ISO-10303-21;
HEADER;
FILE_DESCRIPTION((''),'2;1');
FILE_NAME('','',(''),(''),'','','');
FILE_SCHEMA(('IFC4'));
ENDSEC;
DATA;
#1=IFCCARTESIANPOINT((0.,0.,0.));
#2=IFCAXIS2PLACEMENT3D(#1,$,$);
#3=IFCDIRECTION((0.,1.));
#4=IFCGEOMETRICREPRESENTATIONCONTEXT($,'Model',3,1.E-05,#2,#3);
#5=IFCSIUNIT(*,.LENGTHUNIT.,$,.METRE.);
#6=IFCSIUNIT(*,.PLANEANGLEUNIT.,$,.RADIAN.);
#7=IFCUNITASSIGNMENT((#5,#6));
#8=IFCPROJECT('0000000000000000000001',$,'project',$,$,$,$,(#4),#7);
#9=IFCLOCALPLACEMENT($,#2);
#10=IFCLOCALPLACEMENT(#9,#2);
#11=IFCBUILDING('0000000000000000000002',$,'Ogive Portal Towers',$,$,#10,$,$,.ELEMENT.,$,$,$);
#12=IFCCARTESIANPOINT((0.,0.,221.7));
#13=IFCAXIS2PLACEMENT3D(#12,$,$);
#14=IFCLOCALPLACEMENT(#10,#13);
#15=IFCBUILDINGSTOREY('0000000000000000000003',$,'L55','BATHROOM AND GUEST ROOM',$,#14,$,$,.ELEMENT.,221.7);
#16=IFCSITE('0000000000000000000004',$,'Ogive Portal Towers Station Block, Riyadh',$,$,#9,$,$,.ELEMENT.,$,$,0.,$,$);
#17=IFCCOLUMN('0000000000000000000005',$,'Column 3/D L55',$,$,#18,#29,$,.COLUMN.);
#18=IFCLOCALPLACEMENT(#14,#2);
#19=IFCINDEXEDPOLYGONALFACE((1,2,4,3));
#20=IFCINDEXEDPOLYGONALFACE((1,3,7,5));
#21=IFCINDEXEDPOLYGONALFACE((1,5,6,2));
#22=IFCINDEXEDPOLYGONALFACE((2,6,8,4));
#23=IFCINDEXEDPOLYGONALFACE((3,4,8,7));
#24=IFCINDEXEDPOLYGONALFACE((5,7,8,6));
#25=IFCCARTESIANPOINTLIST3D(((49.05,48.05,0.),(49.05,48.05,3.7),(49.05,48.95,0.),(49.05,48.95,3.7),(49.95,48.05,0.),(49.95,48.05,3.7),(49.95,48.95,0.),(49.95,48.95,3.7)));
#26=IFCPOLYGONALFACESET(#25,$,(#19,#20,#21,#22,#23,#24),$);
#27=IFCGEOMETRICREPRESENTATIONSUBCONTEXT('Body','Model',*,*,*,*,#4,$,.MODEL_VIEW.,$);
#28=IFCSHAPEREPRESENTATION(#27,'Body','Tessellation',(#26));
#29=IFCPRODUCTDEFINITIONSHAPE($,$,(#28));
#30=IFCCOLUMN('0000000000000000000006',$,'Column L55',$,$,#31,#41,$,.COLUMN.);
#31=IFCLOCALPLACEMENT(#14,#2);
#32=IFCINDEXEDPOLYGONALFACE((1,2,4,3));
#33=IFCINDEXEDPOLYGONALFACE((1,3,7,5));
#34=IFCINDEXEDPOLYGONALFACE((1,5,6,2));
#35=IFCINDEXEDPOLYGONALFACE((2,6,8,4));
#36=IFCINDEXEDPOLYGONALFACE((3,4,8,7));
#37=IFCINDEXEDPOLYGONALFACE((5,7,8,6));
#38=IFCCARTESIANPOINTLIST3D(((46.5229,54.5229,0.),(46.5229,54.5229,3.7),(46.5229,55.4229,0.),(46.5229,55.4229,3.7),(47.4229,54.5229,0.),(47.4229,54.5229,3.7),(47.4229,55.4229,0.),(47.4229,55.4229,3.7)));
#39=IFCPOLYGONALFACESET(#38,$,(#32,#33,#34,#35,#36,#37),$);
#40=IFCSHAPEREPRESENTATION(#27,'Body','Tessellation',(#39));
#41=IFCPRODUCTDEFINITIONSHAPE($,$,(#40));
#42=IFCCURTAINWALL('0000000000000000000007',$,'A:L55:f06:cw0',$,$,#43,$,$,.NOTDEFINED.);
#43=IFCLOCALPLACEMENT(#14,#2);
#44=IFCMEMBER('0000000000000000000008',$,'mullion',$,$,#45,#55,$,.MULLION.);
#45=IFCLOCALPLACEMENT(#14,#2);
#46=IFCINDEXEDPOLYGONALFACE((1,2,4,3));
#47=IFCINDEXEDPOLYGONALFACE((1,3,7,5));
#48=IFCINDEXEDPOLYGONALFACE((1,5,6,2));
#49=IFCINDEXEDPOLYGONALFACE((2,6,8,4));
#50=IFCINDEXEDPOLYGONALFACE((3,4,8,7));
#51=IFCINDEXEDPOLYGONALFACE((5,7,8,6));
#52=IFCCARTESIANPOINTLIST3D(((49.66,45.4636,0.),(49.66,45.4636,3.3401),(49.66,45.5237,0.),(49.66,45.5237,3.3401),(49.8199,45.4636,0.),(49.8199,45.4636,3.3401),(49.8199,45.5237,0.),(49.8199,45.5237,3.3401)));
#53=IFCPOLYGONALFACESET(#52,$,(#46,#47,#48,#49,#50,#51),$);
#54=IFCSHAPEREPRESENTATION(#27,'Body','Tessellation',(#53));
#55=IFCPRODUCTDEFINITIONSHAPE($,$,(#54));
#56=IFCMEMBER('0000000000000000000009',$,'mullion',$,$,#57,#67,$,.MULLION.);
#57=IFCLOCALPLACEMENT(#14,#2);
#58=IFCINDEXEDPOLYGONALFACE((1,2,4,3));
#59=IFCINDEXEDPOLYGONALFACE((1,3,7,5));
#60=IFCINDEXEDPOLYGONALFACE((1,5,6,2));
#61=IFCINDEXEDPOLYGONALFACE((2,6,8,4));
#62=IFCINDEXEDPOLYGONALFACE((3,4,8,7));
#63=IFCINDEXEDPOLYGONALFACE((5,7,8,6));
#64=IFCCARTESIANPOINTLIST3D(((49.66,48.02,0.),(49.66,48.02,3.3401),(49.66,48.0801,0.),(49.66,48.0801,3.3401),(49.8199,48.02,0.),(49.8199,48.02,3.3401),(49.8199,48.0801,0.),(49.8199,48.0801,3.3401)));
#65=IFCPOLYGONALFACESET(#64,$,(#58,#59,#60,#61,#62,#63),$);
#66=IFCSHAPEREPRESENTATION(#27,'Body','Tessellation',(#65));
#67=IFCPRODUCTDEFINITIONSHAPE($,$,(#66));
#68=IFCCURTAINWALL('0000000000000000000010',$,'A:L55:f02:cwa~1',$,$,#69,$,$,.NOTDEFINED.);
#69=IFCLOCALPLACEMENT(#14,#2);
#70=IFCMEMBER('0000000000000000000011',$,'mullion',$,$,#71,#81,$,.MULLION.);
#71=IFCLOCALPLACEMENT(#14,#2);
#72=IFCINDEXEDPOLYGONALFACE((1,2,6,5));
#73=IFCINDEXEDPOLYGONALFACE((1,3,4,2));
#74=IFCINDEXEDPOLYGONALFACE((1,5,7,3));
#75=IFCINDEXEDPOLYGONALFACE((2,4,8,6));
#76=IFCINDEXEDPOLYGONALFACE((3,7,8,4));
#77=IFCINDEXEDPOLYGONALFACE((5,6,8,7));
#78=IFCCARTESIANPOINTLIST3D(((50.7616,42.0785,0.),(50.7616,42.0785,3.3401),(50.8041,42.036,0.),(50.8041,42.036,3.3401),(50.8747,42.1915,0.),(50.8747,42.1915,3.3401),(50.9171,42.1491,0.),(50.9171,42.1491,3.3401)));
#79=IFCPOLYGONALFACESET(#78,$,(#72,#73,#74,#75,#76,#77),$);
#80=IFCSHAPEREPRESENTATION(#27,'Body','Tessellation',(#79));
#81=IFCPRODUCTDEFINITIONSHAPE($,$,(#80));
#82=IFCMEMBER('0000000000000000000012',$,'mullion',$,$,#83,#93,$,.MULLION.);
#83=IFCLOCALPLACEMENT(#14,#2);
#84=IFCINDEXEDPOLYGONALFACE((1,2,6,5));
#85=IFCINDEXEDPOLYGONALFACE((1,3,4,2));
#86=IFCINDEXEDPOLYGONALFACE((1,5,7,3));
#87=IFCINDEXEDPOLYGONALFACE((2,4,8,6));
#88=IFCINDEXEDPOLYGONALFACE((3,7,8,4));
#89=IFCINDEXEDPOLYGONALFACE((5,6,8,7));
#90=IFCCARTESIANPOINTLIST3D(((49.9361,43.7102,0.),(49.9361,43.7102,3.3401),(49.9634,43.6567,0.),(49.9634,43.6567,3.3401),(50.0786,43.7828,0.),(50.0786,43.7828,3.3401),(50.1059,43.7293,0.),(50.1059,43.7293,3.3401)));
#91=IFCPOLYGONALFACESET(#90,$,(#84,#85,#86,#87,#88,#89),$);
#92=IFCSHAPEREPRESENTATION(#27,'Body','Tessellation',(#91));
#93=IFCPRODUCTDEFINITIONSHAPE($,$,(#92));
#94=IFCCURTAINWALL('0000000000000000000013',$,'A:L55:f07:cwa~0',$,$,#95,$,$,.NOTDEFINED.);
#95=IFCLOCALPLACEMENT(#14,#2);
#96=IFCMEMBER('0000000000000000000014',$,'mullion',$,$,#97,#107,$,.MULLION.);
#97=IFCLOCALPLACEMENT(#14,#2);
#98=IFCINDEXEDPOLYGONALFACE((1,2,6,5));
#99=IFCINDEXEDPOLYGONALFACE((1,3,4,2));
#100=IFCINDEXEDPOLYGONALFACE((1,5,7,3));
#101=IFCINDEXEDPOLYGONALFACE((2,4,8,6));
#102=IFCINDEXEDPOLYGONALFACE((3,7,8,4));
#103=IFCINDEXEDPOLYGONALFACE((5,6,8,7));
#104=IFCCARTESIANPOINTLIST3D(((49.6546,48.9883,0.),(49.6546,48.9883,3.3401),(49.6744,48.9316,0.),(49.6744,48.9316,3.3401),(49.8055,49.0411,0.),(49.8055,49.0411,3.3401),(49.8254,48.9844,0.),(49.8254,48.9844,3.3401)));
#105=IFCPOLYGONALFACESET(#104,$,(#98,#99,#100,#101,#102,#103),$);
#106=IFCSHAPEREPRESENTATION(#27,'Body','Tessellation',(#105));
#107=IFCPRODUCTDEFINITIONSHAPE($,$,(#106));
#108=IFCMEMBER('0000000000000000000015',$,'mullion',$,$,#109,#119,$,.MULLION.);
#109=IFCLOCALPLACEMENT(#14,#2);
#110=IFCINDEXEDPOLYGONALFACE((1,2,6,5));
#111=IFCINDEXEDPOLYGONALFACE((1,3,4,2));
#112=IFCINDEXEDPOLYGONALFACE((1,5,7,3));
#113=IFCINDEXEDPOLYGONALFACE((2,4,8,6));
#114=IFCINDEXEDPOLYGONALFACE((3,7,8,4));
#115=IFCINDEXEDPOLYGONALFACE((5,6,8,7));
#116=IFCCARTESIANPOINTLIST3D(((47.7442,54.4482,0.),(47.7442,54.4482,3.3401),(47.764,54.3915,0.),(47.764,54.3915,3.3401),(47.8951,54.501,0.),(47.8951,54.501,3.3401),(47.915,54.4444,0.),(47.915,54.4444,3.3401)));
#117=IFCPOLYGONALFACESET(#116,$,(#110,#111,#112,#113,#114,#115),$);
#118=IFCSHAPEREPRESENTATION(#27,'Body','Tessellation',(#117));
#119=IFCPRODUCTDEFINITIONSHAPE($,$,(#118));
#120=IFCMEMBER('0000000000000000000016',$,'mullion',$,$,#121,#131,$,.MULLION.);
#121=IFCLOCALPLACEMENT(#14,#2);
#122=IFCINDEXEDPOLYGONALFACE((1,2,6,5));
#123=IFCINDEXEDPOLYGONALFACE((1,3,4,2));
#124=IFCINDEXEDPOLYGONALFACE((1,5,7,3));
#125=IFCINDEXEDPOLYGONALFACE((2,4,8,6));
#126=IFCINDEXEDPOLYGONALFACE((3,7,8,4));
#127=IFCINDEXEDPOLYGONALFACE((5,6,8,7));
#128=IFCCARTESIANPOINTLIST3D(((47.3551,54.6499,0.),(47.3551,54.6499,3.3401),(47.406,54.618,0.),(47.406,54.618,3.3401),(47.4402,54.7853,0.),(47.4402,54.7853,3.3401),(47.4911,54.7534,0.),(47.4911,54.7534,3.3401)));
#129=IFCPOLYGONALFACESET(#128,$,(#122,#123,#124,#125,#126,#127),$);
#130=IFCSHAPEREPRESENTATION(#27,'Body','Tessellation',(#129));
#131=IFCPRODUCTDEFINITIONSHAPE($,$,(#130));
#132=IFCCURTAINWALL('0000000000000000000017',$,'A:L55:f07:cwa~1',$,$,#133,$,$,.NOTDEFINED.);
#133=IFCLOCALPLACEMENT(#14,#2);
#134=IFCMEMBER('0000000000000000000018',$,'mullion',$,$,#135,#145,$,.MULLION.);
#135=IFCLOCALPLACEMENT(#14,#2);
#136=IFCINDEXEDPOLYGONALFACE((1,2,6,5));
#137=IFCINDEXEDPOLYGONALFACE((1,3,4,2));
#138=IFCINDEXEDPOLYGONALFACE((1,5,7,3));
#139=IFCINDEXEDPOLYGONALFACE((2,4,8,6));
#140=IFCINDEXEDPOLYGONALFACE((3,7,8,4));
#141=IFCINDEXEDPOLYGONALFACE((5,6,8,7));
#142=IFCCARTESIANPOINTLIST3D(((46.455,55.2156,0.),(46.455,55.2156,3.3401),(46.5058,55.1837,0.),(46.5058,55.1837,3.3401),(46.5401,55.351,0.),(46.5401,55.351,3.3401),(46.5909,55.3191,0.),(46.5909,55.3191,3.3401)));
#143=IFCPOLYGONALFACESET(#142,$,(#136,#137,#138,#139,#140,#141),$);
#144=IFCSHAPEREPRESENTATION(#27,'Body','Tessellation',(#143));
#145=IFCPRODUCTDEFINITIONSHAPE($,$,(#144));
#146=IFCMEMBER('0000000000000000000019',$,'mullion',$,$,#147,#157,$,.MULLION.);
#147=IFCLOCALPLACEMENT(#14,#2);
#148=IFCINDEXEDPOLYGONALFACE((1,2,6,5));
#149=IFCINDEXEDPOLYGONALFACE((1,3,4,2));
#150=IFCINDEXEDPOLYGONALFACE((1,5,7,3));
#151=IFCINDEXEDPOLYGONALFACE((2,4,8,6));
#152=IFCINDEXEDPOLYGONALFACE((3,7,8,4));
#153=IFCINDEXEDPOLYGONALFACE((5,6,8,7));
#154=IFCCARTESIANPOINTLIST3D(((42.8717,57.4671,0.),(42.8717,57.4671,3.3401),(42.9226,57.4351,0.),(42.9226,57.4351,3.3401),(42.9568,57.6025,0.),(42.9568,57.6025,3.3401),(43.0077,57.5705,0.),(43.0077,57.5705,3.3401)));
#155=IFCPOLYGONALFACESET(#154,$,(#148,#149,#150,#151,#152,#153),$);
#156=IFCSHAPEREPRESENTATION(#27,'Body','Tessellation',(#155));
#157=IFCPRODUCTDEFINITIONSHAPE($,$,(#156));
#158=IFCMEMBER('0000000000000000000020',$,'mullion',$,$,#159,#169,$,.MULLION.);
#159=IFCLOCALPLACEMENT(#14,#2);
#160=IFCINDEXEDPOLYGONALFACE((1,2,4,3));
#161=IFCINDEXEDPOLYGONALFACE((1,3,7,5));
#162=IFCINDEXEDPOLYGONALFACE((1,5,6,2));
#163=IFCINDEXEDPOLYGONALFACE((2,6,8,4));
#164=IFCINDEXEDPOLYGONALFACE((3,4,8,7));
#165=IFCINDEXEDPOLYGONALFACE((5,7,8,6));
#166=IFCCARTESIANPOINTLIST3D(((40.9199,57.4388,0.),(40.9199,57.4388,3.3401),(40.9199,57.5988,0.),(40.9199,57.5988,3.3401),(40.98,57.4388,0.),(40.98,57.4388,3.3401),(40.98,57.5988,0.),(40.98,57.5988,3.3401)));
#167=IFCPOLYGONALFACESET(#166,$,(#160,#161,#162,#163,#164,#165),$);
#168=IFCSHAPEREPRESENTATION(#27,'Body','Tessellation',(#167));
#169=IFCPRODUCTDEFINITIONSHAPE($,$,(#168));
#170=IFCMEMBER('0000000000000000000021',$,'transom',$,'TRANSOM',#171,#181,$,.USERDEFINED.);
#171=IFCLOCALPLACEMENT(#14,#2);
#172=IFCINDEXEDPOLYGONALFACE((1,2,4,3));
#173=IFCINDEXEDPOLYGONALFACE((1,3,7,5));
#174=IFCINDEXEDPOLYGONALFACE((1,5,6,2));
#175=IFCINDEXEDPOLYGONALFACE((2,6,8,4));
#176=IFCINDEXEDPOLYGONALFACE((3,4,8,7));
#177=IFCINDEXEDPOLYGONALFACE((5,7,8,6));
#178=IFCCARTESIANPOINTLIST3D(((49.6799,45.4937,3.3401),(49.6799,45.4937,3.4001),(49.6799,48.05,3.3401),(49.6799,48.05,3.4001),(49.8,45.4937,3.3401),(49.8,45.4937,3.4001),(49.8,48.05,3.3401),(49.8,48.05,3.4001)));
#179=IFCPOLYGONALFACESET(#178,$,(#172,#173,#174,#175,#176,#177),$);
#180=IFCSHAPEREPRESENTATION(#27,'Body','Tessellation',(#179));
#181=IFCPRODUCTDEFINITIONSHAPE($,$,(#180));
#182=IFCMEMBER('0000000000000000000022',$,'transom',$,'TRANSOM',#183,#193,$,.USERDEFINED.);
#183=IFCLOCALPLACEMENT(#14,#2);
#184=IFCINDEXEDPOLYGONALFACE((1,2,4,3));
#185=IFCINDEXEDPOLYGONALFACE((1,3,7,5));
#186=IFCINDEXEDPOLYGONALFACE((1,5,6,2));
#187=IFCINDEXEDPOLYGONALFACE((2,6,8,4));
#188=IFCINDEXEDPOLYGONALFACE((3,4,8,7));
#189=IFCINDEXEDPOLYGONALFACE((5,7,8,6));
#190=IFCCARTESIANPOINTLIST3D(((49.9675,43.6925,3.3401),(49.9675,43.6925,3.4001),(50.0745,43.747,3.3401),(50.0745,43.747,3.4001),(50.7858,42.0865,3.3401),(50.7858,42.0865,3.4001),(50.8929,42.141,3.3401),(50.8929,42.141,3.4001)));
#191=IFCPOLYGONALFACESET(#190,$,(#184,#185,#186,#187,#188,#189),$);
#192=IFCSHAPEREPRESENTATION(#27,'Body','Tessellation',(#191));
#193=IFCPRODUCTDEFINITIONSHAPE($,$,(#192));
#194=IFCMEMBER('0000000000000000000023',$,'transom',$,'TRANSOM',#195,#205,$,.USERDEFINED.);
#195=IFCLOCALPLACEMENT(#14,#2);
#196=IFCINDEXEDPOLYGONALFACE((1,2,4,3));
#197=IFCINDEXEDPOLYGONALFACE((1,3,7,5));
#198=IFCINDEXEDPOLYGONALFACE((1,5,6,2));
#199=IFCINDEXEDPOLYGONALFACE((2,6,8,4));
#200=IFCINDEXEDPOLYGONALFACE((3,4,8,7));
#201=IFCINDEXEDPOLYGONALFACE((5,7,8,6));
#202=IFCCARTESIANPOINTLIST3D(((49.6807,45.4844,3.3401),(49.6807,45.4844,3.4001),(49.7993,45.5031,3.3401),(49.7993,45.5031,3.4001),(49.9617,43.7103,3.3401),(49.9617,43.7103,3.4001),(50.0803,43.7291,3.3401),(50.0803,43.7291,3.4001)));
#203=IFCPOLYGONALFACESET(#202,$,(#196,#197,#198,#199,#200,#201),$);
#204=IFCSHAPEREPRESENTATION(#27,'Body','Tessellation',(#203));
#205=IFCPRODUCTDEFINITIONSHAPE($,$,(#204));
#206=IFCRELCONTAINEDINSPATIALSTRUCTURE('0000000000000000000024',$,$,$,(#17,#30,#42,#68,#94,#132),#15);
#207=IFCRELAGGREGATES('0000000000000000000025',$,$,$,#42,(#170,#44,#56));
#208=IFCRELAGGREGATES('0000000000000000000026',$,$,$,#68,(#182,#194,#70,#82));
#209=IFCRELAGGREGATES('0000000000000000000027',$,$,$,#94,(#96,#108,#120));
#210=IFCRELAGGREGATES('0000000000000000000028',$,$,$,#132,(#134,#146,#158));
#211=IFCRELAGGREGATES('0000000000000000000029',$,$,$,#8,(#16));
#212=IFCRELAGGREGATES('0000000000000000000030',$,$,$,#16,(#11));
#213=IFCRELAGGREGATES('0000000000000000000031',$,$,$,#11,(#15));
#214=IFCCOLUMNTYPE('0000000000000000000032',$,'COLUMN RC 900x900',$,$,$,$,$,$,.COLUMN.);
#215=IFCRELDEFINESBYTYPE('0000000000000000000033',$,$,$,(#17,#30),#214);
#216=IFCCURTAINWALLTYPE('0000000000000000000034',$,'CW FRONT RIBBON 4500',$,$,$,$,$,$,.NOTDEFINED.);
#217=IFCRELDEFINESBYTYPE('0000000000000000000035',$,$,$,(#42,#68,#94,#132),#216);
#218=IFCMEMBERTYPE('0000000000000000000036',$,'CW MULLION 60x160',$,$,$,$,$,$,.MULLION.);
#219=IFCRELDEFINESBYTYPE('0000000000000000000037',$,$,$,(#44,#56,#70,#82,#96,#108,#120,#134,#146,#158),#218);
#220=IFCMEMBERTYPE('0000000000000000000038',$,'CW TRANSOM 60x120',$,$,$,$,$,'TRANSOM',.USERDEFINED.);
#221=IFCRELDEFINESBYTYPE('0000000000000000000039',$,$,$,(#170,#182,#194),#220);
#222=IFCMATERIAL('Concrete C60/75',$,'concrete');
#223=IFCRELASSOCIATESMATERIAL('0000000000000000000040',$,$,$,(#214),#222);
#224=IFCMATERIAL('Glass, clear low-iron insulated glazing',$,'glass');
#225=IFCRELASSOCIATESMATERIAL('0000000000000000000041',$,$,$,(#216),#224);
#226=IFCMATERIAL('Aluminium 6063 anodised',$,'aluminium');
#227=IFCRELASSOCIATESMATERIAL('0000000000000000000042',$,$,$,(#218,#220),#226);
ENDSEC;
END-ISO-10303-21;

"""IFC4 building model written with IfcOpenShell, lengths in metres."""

from ifc_helpers import new_model, si_unit, direction, frame, origin, origin_2d, place, context, subcontext, project, spatial, rectangle, extrude, material, material_profile, profile_set, type_object, element, aggregate, save


model = new_model("IFC4")

# Units and contexts
model_context = context("Model", 3, precision=1e-05, world=origin(), true_north=direction((0.0, 1.0)))
body_context = subcontext(model_context, "Body", "Model", "MODEL_VIEW")
ifc_project = project(units=[si_unit("LENGTHUNIT", "METRE"), si_unit("PLANEANGLEUNIT", "RADIAN")], contexts=[model_context])

# Site, building, storey
site_placement = place(None, origin())
site = spatial("IfcSite", under=ifc_project, at=site_placement, Name="Ogive Portal Towers Station Block, Riyadh", CompositionType="ELEMENT", RefElevation=0.0)
building_placement = place(site_placement, origin())
building = spatial("IfcBuilding", under=site, at=building_placement, Name="Ogive Portal Towers", CompositionType="ELEMENT")
storey_placement = place(building_placement, frame((0.0, 0.0, 221.7)))
storey = spatial("IfcBuildingStorey", under=building, at=storey_placement, Name="L55", Description="BATHROOM AND GUEST ROOM", CompositionType="ELEMENT", Elevation=221.7)

# Columns
ifc_material_1 = material(Name="Concrete C60/75", Category="concrete")
ifc_material_profile_1 = material_profile(ifc_material_1, rectangle(XDim=0.8999, YDim=0.8999, at=origin_2d()), Name="RC 900x900")
ifc_profile_set_1 = profile_set([ifc_material_profile_1], Name="Concrete C60/75")
column_type = type_object("IfcColumnType", Name="COLUMN RC 900x900", PredefinedType="COLUMN", material=ifc_profile_set_1)
for number, where, z_axis, x_axis, name in (
    (1, (49.5, 48.5, 0.0), (0.0, 0.0, 1.0), (1.0, 0.0, 0.0), "Column 3/D L55"),
    (2, (46.9729, 54.9729, 0.0), (0.0, 0.0, 1.0), (1.0, 0.0, 0.0), "Column L55"),
):
    element("IfcColumn", number, at=place(storey_placement, frame(where, z_axis=z_axis, x_axis=x_axis)), inside=storey, type_object=column_type, Name=name, PredefinedType="COLUMN", context=body_context, shape_type="SweptSolid", body=[
        extrude(rectangle(XDim=0.8999, YDim=0.8999, at=origin_2d()), origin(), (0.0, 0.0, 1.0), 3.7),
    ])

# Curtain walls, members
ifc_material_2 = material(Name="Glass, clear low-iron insulated glazing", Category="glass")
curtain_wall_type = type_object("IfcCurtainWallType", Name="CW FRONT RIBBON 4500", PredefinedType="NOTDEFINED", material=ifc_material_2)
curtain_wall_1_placement = place(storey_placement, origin())
curtain_wall_1 = element("IfcCurtainWall", 3, at=curtain_wall_1_placement, inside=storey, type_object=curtain_wall_type, Name="A:L55:f06:cw0", PredefinedType="NOTDEFINED")
ifc_material_3 = material(Name="Aluminium 6063 anodised", Category="aluminium")
ifc_material_profile_2 = material_profile(ifc_material_3, rectangle(XDim=0.1599, YDim=0.0601, at=origin_2d()), Name="AL 60x160")
ifc_profile_set_2 = profile_set([ifc_material_profile_2], Name="Aluminium 6063 anodised")
member_type_1 = type_object("IfcMemberType", Name="CW MULLION 60x160", PredefinedType="MULLION", material=ifc_profile_set_2)
member_1_placement = place(storey_placement, frame((49.74, 45.4937, 0.0), z_axis=(0.0, 0.0, 1.0), x_axis=(-1.0, 0.0, 0.0)))
member_1 = element("IfcMember", 4, at=member_1_placement, type_object=member_type_1, Name="mullion", PredefinedType="MULLION", context=body_context, shape_type="SweptSolid", body=[
    extrude(rectangle(XDim=0.1599, YDim=0.0601, at=origin_2d()), origin(), (0.0, 0.0, 1.0), 3.3401),
])
member_2_placement = place(storey_placement, frame((49.74, 48.05, 0.0), z_axis=(0.0, 0.0, 1.0), x_axis=(-1.0, 0.0, 0.0)))
member_2 = element("IfcMember", 5, at=member_2_placement, type_object=member_type_1, Name="mullion", PredefinedType="MULLION", context=body_context, shape_type="SweptSolid", body=[
    extrude(rectangle(XDim=0.1599, YDim=0.0601, at=origin_2d()), origin(), (0.0, 0.0, 1.0), 3.3401),
])
curtain_wall_2_placement = place(storey_placement, origin())
curtain_wall_2 = element("IfcCurtainWall", 6, at=curtain_wall_2_placement, inside=storey, type_object=curtain_wall_type, Name="A:L55:f02:cwa~1", PredefinedType="NOTDEFINED")
member_3_placement = place(storey_placement, frame((50.8394, 42.1138, 0.0), z_axis=(0.0, 0.0, 1.0), x_axis=(-0.707107, -0.707107, 0.0)))
member_3 = element("IfcMember", 7, at=member_3_placement, type_object=member_type_1, Name="mullion", PredefinedType="MULLION", context=body_context, shape_type="SweptSolid", body=[
    extrude(rectangle(XDim=0.1599, YDim=0.0601, at=origin_2d()), origin(), (0.0, 0.0, 1.0), 3.3401),
])
member_4_placement = place(storey_placement, frame((50.021, 43.7197, 0.0), z_axis=(0.0, 0.0, 1.0), x_axis=(-0.891007, -0.45399, 0.0)))
member_4 = element("IfcMember", 8, at=member_4_placement, type_object=member_type_1, Name="mullion", PredefinedType="MULLION", context=body_context, shape_type="SweptSolid", body=[
    extrude(rectangle(XDim=0.1599, YDim=0.0601, at=origin_2d()), origin(), (0.0, 0.0, 1.0), 3.3401),
])
curtain_wall_3_placement = place(storey_placement, origin())
curtain_wall_3 = element("IfcCurtainWall", 9, at=curtain_wall_3_placement, inside=storey, type_object=curtain_wall_type, Name="A:L55:f07:cwa~0", PredefinedType="NOTDEFINED")
member_5_placement = place(storey_placement, frame((49.74, 48.9863, 0.0), z_axis=(0.0, 0.0, 1.0), x_axis=(-0.943883, -0.330279, 0.0)))
member_5 = element("IfcMember", 10, at=member_5_placement, type_object=member_type_1, Name="mullion", PredefinedType="MULLION", context=body_context, shape_type="SweptSolid", body=[
    extrude(rectangle(XDim=0.1599, YDim=0.0601, at=origin_2d()), origin(), (0.0, 0.0, 1.0), 3.3401),
])
member_6_placement = place(storey_placement, frame((47.8296, 54.4463, 0.0), z_axis=(0.0, 0.0, 1.0), x_axis=(-0.943883, -0.330279, 0.0)))
member_6 = element("IfcMember", 11, at=member_6_placement, type_object=member_type_1, Name="mullion", PredefinedType="MULLION", context=body_context, shape_type="SweptSolid", body=[
    extrude(rectangle(XDim=0.1599, YDim=0.0601, at=origin_2d()), origin(), (0.0, 0.0, 1.0), 3.3401),
])
member_7_placement = place(storey_placement, frame((47.4231, 54.7017, 0.0), z_axis=(0.0, 0.0, 1.0), x_axis=(-0.532032, -0.846724, 0.0)))
member_7 = element("IfcMember", 12, at=member_7_placement, type_object=member_type_1, Name="mullion", PredefinedType="MULLION", context=body_context, shape_type="SweptSolid", body=[
    extrude(rectangle(XDim=0.1599, YDim=0.0601, at=origin_2d()), origin(), (0.0, 0.0, 1.0), 3.3401),
])
curtain_wall_4_placement = place(storey_placement, origin())
curtain_wall_4 = element("IfcCurtainWall", 13, at=curtain_wall_4_placement, inside=storey, type_object=curtain_wall_type, Name="A:L55:f07:cwa~1", PredefinedType="NOTDEFINED")
member_8_placement = place(storey_placement, frame((46.5229, 55.2673, 0.0), z_axis=(0.0, 0.0, 1.0), x_axis=(-0.532032, -0.846724, 0.0)))
member_8 = element("IfcMember", 14, at=member_8_placement, type_object=member_type_1, Name="mullion", PredefinedType="MULLION", context=body_context, shape_type="SweptSolid", body=[
    extrude(rectangle(XDim=0.1599, YDim=0.0601, at=origin_2d()), origin(), (0.0, 0.0, 1.0), 3.3401),
])
member_9_placement = place(storey_placement, frame((42.9397, 57.5188, 0.0), z_axis=(0.0, 0.0, 1.0), x_axis=(-0.532032, -0.846724, 0.0)))
member_9 = element("IfcMember", 15, at=member_9_placement, type_object=member_type_1, Name="mullion", PredefinedType="MULLION", context=body_context, shape_type="SweptSolid", body=[
    extrude(rectangle(XDim=0.1599, YDim=0.0601, at=origin_2d()), origin(), (0.0, 0.0, 1.0), 3.3401),
])
member_10_placement = place(storey_placement, frame((40.95, 57.5188, 0.0), z_axis=(0.0, 0.0, 1.0), x_axis=(0.0, -1.0, 0.0)))
member_10 = element("IfcMember", 16, at=member_10_placement, type_object=member_type_1, Name="mullion", PredefinedType="MULLION", context=body_context, shape_type="SweptSolid", body=[
    extrude(rectangle(XDim=0.1599, YDim=0.0601, at=origin_2d()), origin(), (0.0, 0.0, 1.0), 3.3401),
])

# Members
ifc_material_profile_3 = material_profile(ifc_material_3, rectangle(XDim=0.1201, YDim=0.0601, at=origin_2d()), Name="AL 120x60")
ifc_profile_set_3 = profile_set([ifc_material_profile_3], Name="Aluminium 6063 anodised")
member_type_2 = type_object("IfcMemberType", Name="CW TRANSOM 60x120", ElementType="TRANSOM", PredefinedType="USERDEFINED", material=ifc_profile_set_3)
member_11_placement = place(storey_placement, frame((49.74, 45.4937, 3.3701), z_axis=(0.0, 1.0, 0.0), x_axis=(-1.0, 0.0, 0.0)))
member_11 = element("IfcMember", 17, at=member_11_placement, type_object=member_type_2, Name="transom", ObjectType="TRANSOM", PredefinedType="USERDEFINED", context=body_context, shape_type="SweptSolid", body=[
    extrude(rectangle(XDim=0.1201, YDim=0.0601, at=origin_2d()), origin(), (0.0, 0.0, 1.0), 2.5564),
])
member_12_placement = place(storey_placement, frame((50.8394, 42.1138, 3.3701), z_axis=(-0.454027, 0.890988, 0.0), x_axis=(-0.890988, -0.454027, 0.0)))
member_12 = element("IfcMember", 18, at=member_12_placement, type_object=member_type_2, Name="transom", ObjectType="TRANSOM", PredefinedType="USERDEFINED", context=body_context, shape_type="SweptSolid", body=[
    extrude(rectangle(XDim=0.1201, YDim=0.0601, at=origin_2d()), origin(), (0.0, 0.0, 1.0), 1.8025),
])
member_13_placement = place(storey_placement, frame((50.021, 43.7197, 3.3701), z_axis=(-0.156458, 0.987685, 0.0), x_axis=(-0.987685, -0.156458, 0.0)))
member_13 = element("IfcMember", 19, at=member_13_placement, type_object=member_type_2, Name="transom", ObjectType="TRANSOM", PredefinedType="USERDEFINED", context=body_context, shape_type="SweptSolid", body=[
    extrude(rectangle(XDim=0.1201, YDim=0.0601, at=origin_2d()), origin(), (0.0, 0.0, 1.0), 1.7961),
])

aggregate(curtain_wall_1, [member_11, member_1, member_2])
aggregate(curtain_wall_2, [member_12, member_13, member_3, member_4])
aggregate(curtain_wall_3, [member_5, member_6, member_7])
aggregate(curtain_wall_4, [member_8, member_9, member_10])

save(model, "model.ifc")
